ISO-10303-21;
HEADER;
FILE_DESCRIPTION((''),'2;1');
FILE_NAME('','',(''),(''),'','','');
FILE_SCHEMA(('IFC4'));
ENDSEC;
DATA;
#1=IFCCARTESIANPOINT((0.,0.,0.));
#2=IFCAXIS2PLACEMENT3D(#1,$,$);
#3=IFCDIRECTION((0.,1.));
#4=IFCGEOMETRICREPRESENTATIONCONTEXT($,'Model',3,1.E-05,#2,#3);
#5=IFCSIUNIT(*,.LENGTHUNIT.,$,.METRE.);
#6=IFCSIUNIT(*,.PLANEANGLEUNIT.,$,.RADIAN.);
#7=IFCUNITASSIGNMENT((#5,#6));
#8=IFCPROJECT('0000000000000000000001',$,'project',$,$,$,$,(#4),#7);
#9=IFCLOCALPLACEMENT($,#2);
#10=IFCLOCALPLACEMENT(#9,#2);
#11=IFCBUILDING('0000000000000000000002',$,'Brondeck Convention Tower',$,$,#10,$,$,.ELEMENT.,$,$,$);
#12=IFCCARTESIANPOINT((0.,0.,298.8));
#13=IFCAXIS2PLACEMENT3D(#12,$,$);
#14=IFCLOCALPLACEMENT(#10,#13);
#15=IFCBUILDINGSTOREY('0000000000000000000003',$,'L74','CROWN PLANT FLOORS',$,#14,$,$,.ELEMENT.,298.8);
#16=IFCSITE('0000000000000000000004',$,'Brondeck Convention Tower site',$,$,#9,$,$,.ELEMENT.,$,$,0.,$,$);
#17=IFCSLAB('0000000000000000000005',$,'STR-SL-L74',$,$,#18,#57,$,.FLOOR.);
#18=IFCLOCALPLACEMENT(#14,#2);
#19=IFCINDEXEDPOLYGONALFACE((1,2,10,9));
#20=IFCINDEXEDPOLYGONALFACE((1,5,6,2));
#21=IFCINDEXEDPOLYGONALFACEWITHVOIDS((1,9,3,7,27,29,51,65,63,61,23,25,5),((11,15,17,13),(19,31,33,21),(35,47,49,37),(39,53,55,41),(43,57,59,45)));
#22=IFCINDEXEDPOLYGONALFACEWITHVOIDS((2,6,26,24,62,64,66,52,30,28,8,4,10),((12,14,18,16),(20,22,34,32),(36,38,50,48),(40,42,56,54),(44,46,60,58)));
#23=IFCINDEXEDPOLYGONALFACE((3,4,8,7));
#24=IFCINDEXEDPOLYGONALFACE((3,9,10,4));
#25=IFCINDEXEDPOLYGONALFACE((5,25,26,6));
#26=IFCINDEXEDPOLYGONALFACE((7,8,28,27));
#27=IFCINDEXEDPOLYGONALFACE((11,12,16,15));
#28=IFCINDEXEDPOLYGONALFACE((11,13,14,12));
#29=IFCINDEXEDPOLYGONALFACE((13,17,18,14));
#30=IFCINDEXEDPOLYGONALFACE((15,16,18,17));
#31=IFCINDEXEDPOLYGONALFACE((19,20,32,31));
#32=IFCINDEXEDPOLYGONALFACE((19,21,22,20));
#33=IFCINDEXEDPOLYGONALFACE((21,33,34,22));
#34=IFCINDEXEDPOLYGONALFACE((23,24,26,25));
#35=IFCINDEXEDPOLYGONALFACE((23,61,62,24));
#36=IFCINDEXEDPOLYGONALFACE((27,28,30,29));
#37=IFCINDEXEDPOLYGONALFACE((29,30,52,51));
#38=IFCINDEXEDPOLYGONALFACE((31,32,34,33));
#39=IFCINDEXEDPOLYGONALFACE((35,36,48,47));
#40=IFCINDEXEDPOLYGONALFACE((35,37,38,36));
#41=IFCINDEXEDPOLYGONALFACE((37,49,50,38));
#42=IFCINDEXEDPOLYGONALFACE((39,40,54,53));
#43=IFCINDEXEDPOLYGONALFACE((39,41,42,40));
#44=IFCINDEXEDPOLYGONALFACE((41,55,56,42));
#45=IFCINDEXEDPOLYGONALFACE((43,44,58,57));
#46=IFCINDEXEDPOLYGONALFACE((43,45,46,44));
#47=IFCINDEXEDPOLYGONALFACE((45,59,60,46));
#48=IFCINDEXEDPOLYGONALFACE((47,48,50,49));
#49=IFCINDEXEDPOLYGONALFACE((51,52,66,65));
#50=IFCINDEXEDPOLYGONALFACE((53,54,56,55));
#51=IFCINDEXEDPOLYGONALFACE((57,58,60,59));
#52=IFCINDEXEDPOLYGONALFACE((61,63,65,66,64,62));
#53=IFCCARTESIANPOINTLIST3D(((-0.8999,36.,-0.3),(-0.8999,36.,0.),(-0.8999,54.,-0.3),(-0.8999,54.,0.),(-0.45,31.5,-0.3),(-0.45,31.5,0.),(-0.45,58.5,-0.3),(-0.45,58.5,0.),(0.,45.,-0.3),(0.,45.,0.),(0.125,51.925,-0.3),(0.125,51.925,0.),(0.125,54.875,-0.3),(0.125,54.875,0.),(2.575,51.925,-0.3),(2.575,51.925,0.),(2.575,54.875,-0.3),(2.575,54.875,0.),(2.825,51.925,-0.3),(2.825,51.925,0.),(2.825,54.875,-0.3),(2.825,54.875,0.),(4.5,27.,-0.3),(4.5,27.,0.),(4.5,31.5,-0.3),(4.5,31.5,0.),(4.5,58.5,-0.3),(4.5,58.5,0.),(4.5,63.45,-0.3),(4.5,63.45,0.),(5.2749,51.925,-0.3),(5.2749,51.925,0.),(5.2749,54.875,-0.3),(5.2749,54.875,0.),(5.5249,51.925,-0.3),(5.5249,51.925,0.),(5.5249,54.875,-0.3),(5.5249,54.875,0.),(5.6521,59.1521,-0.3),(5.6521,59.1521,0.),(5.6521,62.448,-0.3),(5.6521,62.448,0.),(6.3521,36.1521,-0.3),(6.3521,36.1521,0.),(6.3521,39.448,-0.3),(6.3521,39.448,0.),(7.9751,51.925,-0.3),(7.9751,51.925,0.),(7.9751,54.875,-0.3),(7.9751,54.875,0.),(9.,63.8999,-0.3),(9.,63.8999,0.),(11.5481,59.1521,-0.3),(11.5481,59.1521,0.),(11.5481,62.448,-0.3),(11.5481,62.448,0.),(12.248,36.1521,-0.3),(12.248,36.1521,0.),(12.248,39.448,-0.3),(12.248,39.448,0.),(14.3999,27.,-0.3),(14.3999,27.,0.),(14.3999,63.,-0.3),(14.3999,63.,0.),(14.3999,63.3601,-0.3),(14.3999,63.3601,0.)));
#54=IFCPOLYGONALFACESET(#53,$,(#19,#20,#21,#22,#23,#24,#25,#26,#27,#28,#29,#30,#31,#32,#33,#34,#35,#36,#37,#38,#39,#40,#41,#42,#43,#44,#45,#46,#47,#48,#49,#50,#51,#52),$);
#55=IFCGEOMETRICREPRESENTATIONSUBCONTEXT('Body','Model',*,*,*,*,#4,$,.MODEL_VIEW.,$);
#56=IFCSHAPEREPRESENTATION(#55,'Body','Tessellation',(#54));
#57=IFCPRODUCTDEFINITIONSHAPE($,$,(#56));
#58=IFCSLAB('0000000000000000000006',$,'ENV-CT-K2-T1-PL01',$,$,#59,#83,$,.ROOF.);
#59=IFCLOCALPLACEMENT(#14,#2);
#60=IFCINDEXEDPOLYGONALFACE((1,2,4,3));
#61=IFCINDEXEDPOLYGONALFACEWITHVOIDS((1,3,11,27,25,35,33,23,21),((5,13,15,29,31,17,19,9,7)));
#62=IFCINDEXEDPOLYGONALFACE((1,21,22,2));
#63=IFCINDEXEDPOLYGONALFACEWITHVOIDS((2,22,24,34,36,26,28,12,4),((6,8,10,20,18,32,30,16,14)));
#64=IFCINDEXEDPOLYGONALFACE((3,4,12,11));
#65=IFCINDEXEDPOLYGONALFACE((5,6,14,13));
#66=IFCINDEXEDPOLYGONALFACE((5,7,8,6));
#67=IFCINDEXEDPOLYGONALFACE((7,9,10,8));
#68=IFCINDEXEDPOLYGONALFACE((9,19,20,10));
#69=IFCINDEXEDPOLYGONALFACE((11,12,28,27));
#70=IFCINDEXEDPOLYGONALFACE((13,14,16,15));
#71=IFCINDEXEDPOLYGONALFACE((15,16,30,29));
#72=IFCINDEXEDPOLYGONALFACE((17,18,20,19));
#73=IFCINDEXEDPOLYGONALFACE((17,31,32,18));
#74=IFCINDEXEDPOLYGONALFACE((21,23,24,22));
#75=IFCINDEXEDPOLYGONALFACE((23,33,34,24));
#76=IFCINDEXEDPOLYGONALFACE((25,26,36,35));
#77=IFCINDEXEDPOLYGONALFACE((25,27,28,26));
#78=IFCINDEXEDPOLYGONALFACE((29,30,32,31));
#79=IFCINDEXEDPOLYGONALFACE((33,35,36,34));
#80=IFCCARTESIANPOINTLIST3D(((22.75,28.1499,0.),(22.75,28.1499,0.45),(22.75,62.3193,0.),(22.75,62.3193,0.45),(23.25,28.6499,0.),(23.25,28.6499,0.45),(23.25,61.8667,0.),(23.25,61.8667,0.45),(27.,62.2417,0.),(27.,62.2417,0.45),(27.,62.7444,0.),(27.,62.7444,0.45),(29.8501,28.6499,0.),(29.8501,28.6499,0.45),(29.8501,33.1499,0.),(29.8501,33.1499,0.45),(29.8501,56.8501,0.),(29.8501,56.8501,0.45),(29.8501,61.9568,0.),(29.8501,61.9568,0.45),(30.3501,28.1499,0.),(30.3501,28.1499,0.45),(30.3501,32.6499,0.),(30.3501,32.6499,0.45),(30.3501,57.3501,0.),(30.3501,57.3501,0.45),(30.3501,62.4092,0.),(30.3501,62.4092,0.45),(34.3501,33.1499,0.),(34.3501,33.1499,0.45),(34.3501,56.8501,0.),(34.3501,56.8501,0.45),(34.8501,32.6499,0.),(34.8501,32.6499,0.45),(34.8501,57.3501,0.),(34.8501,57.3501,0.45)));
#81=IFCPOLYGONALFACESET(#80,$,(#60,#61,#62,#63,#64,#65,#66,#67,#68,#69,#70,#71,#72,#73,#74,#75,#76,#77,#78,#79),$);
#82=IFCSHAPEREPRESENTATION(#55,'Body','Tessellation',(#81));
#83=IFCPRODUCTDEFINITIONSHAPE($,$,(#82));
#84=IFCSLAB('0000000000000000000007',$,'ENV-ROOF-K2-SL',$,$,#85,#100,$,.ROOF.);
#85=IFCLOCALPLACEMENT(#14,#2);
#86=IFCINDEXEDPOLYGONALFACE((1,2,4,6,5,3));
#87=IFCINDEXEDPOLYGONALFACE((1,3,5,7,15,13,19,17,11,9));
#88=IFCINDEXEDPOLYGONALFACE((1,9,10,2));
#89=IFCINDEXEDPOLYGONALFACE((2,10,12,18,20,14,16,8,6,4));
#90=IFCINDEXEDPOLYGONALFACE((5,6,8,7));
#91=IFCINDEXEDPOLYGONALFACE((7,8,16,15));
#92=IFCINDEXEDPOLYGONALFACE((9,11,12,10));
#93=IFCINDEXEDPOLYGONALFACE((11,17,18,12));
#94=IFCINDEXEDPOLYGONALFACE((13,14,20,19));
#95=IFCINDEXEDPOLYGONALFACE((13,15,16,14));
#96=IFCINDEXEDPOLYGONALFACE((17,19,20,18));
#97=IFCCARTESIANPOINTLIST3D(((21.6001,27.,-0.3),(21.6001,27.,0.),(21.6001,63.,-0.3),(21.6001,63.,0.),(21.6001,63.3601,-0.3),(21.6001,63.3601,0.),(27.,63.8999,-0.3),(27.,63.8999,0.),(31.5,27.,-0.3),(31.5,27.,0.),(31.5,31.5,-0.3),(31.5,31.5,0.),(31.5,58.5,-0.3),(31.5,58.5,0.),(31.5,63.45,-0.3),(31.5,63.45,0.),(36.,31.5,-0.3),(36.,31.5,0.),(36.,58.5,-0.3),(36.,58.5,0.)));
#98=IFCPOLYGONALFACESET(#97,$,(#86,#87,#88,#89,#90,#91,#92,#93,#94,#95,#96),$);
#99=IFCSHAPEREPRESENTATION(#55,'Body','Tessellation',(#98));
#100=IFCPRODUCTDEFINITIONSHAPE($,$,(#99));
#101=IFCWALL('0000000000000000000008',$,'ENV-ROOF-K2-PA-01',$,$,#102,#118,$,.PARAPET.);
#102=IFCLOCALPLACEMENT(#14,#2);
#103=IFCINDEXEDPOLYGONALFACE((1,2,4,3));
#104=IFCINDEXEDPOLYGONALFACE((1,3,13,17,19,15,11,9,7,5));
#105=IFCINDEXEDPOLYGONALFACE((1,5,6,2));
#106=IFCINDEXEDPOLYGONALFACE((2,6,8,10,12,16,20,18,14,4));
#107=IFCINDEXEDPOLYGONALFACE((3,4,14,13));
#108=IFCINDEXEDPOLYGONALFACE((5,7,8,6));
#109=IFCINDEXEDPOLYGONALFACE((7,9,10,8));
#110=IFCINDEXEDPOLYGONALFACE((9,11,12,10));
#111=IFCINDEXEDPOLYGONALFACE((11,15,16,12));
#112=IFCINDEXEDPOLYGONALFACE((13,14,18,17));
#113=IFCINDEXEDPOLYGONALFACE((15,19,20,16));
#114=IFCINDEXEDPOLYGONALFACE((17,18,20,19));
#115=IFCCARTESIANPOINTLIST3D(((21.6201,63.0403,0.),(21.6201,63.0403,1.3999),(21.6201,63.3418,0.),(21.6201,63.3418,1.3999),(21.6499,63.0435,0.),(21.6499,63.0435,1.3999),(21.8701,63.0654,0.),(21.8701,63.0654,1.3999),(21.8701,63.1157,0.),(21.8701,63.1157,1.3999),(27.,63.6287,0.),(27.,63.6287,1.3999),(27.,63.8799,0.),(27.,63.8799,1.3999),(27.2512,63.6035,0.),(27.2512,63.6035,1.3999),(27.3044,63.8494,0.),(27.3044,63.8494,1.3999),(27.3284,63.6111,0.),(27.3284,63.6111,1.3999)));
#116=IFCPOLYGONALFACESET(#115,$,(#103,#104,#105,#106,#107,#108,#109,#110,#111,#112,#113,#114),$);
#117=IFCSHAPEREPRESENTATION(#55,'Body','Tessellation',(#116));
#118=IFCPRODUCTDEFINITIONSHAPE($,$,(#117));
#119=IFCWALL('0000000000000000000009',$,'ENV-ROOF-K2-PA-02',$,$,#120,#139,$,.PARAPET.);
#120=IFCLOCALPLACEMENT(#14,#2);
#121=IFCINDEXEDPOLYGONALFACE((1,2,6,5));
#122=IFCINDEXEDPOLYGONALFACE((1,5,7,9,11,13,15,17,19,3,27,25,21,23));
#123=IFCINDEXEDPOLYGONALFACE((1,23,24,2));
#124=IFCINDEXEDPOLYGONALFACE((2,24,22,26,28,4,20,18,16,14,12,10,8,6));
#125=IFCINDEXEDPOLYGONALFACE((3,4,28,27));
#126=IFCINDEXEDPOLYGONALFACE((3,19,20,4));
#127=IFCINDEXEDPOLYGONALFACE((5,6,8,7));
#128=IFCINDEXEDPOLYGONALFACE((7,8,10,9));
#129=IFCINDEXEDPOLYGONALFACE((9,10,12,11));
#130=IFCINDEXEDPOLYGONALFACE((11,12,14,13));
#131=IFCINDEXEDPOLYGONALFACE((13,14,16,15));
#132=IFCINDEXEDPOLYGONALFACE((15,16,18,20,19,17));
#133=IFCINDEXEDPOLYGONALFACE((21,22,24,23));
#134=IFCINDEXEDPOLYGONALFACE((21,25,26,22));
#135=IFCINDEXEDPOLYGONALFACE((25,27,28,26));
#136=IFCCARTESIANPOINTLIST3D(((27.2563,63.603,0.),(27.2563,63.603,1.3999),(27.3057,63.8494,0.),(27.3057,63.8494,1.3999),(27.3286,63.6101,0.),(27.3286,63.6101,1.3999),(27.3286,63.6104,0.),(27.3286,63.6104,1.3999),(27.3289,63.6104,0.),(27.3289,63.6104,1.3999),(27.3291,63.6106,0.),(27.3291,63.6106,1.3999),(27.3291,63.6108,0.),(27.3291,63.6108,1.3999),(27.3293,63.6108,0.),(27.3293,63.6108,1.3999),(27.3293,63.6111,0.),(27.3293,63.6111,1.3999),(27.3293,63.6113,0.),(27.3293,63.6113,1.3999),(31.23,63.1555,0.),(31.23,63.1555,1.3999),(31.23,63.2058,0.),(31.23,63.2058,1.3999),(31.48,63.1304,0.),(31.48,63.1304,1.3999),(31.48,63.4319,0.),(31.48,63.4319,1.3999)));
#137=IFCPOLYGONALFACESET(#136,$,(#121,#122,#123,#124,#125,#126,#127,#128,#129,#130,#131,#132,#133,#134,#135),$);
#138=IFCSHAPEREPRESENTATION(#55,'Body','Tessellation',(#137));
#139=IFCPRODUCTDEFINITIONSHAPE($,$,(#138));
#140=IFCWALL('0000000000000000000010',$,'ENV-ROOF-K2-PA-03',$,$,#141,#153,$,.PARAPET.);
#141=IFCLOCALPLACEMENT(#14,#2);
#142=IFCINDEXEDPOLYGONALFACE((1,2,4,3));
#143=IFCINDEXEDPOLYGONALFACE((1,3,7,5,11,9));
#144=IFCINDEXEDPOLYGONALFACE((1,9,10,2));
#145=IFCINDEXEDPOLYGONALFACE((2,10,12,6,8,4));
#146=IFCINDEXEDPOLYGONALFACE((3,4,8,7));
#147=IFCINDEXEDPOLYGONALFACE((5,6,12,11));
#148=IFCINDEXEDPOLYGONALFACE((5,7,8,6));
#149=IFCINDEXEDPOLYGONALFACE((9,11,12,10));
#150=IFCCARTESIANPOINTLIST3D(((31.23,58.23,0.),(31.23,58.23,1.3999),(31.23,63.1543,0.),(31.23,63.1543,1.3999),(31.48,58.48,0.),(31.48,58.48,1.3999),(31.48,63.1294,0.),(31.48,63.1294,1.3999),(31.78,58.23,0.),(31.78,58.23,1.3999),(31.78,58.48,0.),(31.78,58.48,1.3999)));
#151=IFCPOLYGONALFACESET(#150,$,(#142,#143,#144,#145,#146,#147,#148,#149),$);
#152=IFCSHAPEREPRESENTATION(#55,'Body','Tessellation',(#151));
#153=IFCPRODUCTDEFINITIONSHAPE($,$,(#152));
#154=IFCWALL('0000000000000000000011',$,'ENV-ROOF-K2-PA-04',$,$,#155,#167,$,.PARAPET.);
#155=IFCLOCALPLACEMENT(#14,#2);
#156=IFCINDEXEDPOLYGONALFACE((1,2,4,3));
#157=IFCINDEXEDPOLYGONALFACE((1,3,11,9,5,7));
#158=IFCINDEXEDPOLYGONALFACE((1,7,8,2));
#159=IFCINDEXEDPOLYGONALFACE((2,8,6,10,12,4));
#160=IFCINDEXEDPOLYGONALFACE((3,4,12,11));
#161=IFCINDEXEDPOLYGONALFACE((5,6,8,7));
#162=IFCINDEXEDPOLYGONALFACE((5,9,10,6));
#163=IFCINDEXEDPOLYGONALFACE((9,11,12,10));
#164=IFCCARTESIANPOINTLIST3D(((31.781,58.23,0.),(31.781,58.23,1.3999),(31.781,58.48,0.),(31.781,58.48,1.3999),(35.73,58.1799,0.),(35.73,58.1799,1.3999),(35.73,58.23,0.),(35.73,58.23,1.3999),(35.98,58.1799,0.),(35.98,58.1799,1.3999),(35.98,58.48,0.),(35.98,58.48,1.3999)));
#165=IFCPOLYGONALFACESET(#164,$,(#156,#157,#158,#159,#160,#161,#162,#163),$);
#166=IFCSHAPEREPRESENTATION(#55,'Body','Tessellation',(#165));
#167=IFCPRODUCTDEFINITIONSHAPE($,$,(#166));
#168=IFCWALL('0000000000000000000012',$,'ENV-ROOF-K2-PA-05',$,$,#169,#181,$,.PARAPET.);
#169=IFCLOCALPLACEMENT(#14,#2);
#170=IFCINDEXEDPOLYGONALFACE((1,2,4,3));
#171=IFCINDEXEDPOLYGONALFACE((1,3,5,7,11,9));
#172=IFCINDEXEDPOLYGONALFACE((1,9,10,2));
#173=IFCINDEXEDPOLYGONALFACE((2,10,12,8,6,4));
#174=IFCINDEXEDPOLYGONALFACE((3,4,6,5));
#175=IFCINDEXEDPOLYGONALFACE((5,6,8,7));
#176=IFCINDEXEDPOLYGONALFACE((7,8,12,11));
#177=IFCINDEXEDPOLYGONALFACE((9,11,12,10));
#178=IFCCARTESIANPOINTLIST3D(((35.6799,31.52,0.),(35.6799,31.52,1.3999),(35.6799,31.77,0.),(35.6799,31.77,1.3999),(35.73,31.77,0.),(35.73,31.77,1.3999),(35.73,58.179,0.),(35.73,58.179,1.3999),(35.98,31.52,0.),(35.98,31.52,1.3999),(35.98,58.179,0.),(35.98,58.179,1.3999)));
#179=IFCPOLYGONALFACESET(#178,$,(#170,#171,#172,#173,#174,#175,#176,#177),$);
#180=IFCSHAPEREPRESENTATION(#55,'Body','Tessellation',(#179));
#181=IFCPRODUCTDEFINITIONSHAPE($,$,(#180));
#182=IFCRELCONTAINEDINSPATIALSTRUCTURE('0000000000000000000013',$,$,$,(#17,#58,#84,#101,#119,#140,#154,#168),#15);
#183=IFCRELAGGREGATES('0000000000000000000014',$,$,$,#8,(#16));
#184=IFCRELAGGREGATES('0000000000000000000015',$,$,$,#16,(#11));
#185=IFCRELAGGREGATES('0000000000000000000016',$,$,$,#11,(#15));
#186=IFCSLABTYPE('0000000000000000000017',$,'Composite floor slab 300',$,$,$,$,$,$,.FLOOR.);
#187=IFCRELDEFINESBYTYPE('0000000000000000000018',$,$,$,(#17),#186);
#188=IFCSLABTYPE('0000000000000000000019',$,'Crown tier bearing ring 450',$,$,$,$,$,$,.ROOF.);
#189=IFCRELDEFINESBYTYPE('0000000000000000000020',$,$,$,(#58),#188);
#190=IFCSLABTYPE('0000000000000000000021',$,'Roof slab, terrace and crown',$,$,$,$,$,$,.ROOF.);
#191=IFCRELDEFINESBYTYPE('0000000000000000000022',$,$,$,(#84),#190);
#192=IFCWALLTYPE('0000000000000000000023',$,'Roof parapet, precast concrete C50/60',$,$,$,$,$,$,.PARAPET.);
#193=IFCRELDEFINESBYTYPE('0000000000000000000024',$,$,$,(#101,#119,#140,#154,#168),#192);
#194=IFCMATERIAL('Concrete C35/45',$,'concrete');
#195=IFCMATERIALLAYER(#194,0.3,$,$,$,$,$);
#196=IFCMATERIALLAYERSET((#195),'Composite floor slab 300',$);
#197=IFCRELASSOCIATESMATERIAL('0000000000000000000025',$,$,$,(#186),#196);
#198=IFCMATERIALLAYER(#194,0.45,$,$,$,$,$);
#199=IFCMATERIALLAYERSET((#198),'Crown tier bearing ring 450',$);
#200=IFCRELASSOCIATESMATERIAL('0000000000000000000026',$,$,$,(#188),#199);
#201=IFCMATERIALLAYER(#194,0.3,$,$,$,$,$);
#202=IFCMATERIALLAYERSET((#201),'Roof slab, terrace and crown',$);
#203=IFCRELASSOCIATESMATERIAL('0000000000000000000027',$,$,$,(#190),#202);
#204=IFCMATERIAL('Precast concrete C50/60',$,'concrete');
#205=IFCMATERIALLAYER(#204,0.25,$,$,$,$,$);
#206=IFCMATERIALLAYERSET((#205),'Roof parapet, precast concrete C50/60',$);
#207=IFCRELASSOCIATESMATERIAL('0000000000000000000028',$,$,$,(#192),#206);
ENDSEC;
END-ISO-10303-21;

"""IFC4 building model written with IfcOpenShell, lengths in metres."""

from ifc_helpers import new_model, si_unit, direction, frame, origin, place, context, subcontext, project, spatial, polyline, outline, extrude, material, layer, layer_set, type_object, element, save


model = new_model("IFC4")

# Units and contexts
model_context = context("Model", 3, precision=1e-05, world=origin(), true_north=direction((0.0, 1.0)))
body_context = subcontext(model_context, "Body", "Model", "MODEL_VIEW")
ifc_project = project(units=[si_unit("LENGTHUNIT", "METRE"), si_unit("PLANEANGLEUNIT", "RADIAN")], contexts=[model_context])

# Site, building, storey
site_placement = place(None, origin())
site = spatial("IfcSite", under=ifc_project, at=site_placement, Name="Brondeck Convention Tower site", CompositionType="ELEMENT", RefElevation=0.0)
building_placement = place(site_placement, origin())
building = spatial("IfcBuilding", under=site, at=building_placement, Name="Brondeck Convention Tower", CompositionType="ELEMENT")
storey_placement = place(building_placement, frame((0.0, 0.0, 298.8)))
storey = spatial("IfcBuildingStorey", under=building, at=storey_placement, Name="L74", Description="CROWN PLANT FLOORS", CompositionType="ELEMENT", Elevation=298.8)

# Slabs
ifc_material_1 = material(Name="Concrete C35/45", Category="concrete")
ifc_layer_1 = layer(ifc_material_1, 0.3)
ifc_layer_set_1 = layer_set([ifc_layer_1], Name="Composite floor slab 300")
slab_type_1 = type_object("IfcSlabType", Name="Composite floor slab 300", PredefinedType="FLOOR", material=ifc_layer_set_1)
slab_1_placement = place(storey_placement, frame((0.0, 0.0, -0.3)))
element("IfcSlab", 1, at=slab_1_placement, inside=storey, type_object=slab_type_1, Name="STR-SL-L74", PredefinedType="FLOOR", context=body_context, shape_type="SweptSolid", body=[
    extrude(outline(polyline([(4.5, 31.5), (-0.45, 31.5), (-0.8999, 36.0), (0.0, 45.0), (-0.8999, 54.0), (-0.45, 58.5), (4.5, 58.5), (4.5, 63.45), (9.0, 63.8999), (14.3999, 63.3601), (14.3999, 63.0), (14.3999, 27.0), (4.5, 27.0), (4.5, 31.5)]), holes=[polyline([(6.3521, 39.448), (6.3521, 36.1521), (12.248, 36.1521), (12.248, 39.448), (6.3521, 39.448)]), polyline([(0.125, 54.875), (0.125, 51.925), (2.575, 51.925), (2.575, 54.875), (0.125, 54.875)]), polyline([(2.825, 54.875), (2.825, 51.925), (5.2749, 51.925), (5.2749, 54.875), (2.825, 54.875)]), polyline([(7.9751, 54.875), (5.5249, 54.875), (5.5249, 51.925), (7.9751, 51.925), (7.9751, 54.875)]), polyline([(5.6521, 59.1521), (11.5481, 59.1521), (11.5481, 62.448), (5.6521, 62.448), (5.6521, 59.1521)])]), origin(), (0.0, 0.0, 1.0), 0.3),
])
ifc_layer_2 = layer(ifc_material_1, 0.45)
ifc_layer_set_2 = layer_set([ifc_layer_2], Name="Crown tier bearing ring 450")
slab_type_2 = type_object("IfcSlabType", Name="Crown tier bearing ring 450", PredefinedType="ROOF", material=ifc_layer_set_2)
slab_2_placement = place(storey_placement, origin())
element("IfcSlab", 2, at=slab_2_placement, inside=storey, type_object=slab_type_2, Name="ENV-CT-K2-T1-PL01", PredefinedType="ROOF", context=body_context, shape_type="SweptSolid", body=[
    extrude(outline(polyline([(22.75, 62.3193), (22.75, 28.1499), (30.3501, 28.1499), (30.3501, 32.6499), (34.8501, 32.6499), (34.8501, 57.3501), (30.3501, 57.3501), (30.3501, 62.4092), (27.0, 62.7444), (22.75, 62.3193)]), holes=[polyline([(29.8501, 28.6499), (23.25, 28.6499), (23.25, 61.8667), (27.0, 62.2417), (29.8501, 61.9568), (29.8501, 56.8501), (34.3501, 56.8501), (34.3501, 33.1499), (29.8501, 33.1499), (29.8501, 28.6499)])]), origin(), (0.0, 0.0, 1.0), 0.45),
])
ifc_layer_3 = layer(ifc_material_1, 0.3)
ifc_layer_set_3 = layer_set([ifc_layer_3], Name="Roof slab, terrace and crown")
slab_type_3 = type_object("IfcSlabType", Name="Roof slab, terrace and crown", PredefinedType="ROOF", material=ifc_layer_set_3)
slab_3_placement = place(storey_placement, frame((0.0, 0.0, -0.3)))
element("IfcSlab", 3, at=slab_3_placement, inside=storey, type_object=slab_type_3, Name="ENV-ROOF-K2-SL", PredefinedType="ROOF", context=body_context, shape_type="SweptSolid", body=[
    extrude(outline(polyline([(21.6001, 27.0), (31.5, 27.0), (31.5, 31.5), (36.0, 31.5), (36.0, 58.5), (31.5, 58.5), (31.5, 63.45), (27.0, 63.8999), (21.6001, 63.3601), (21.6001, 63.0), (21.6001, 27.0)])), origin(), (0.0, 0.0, 1.0), 0.3),
])

# Walls
ifc_material_2 = material(Name="Precast concrete C50/60", Category="concrete")
ifc_layer_4 = layer(ifc_material_2, 0.25)
ifc_layer_set_4 = layer_set([ifc_layer_4], Name="Roof parapet, precast concrete C50/60")
wall_type = type_object("IfcWallType", Name="Roof parapet, precast concrete C50/60", PredefinedType="PARAPET", material=ifc_layer_set_4)
wall_1_placement = place(storey_placement, origin())
element("IfcWall", 4, at=wall_1_placement, inside=storey, type_object=wall_type, Name="ENV-ROOF-K2-PA-01", PredefinedType="PARAPET", context=body_context, shape_type="SweptSolid", body=[
    extrude(outline(polyline([(27.3284, 63.6111), (27.3044, 63.8494), (27.0, 63.8799), (21.6201, 63.3418), (21.6201, 63.0403), (21.6499, 63.0435), (21.8701, 63.0654), (21.8701, 63.1157), (27.0, 63.6287), (27.2512, 63.6035), (27.3284, 63.6111)])), origin(), (0.0, 0.0, 1.0), 1.3999),
])
wall_2_placement = place(storey_placement, origin())
element("IfcWall", 5, at=wall_2_placement, inside=storey, type_object=wall_type, Name="ENV-ROOF-K2-PA-02", PredefinedType="PARAPET", context=body_context, shape_type="SweptSolid", body=[
    extrude(outline(polyline([(31.23, 63.2058), (31.23, 63.1555), (31.48, 63.1304), (31.48, 63.4319), (27.3057, 63.8494), (27.3293, 63.6113), (27.3293, 63.6111), (27.3293, 63.6111), (27.3293, 63.6111), (27.3293, 63.6111), (27.3293, 63.6108), (27.3291, 63.6108), (27.3291, 63.6106), (27.3291, 63.6106), (27.3291, 63.6106), (27.3291, 63.6106), (27.3289, 63.6104), (27.3289, 63.6104), (27.3286, 63.6104), (27.3286, 63.6104), (27.3286, 63.6104), (27.3286, 63.6101), (27.2563, 63.603), (31.23, 63.2058)])), origin(), (0.0, 0.0, 1.0), 1.3999),
])
wall_3_placement = place(storey_placement, origin())
element("IfcWall", 6, at=wall_3_placement, inside=storey, type_object=wall_type, Name="ENV-ROOF-K2-PA-03", PredefinedType="PARAPET", context=body_context, shape_type="SweptSolid", body=[
    extrude(outline(polyline([(31.23, 58.23), (31.78, 58.23), (31.78, 58.48), (31.48, 58.48), (31.48, 63.1294), (31.48, 63.1294), (31.48, 63.1294), (31.23, 63.1543), (31.23, 58.23)])), origin(), (0.0, 0.0, 1.0), 1.3999),
])
wall_4_placement = place(storey_placement, origin())
element("IfcWall", 7, at=wall_4_placement, inside=storey, type_object=wall_type, Name="ENV-ROOF-K2-PA-04", PredefinedType="PARAPET", context=body_context, shape_type="SweptSolid", body=[
    extrude(outline(polyline([(35.73, 58.23), (35.73, 58.1799), (35.98, 58.1799), (35.98, 58.48), (31.781, 58.48), (31.781, 58.23), (35.73, 58.23)])), origin(), (0.0, 0.0, 1.0), 1.3999),
])
wall_5_placement = place(storey_placement, origin())
element("IfcWall", 8, at=wall_5_placement, inside=storey, type_object=wall_type, Name="ENV-ROOF-K2-PA-05", PredefinedType="PARAPET", context=body_context, shape_type="SweptSolid", body=[
    extrude(outline(polyline([(35.73, 31.77), (35.6799, 31.77), (35.6799, 31.52), (35.98, 31.52), (35.98, 58.179), (35.73, 58.179), (35.73, 31.77)])), origin(), (0.0, 0.0, 1.0), 1.3999),
])

save(model, "model.ifc")
